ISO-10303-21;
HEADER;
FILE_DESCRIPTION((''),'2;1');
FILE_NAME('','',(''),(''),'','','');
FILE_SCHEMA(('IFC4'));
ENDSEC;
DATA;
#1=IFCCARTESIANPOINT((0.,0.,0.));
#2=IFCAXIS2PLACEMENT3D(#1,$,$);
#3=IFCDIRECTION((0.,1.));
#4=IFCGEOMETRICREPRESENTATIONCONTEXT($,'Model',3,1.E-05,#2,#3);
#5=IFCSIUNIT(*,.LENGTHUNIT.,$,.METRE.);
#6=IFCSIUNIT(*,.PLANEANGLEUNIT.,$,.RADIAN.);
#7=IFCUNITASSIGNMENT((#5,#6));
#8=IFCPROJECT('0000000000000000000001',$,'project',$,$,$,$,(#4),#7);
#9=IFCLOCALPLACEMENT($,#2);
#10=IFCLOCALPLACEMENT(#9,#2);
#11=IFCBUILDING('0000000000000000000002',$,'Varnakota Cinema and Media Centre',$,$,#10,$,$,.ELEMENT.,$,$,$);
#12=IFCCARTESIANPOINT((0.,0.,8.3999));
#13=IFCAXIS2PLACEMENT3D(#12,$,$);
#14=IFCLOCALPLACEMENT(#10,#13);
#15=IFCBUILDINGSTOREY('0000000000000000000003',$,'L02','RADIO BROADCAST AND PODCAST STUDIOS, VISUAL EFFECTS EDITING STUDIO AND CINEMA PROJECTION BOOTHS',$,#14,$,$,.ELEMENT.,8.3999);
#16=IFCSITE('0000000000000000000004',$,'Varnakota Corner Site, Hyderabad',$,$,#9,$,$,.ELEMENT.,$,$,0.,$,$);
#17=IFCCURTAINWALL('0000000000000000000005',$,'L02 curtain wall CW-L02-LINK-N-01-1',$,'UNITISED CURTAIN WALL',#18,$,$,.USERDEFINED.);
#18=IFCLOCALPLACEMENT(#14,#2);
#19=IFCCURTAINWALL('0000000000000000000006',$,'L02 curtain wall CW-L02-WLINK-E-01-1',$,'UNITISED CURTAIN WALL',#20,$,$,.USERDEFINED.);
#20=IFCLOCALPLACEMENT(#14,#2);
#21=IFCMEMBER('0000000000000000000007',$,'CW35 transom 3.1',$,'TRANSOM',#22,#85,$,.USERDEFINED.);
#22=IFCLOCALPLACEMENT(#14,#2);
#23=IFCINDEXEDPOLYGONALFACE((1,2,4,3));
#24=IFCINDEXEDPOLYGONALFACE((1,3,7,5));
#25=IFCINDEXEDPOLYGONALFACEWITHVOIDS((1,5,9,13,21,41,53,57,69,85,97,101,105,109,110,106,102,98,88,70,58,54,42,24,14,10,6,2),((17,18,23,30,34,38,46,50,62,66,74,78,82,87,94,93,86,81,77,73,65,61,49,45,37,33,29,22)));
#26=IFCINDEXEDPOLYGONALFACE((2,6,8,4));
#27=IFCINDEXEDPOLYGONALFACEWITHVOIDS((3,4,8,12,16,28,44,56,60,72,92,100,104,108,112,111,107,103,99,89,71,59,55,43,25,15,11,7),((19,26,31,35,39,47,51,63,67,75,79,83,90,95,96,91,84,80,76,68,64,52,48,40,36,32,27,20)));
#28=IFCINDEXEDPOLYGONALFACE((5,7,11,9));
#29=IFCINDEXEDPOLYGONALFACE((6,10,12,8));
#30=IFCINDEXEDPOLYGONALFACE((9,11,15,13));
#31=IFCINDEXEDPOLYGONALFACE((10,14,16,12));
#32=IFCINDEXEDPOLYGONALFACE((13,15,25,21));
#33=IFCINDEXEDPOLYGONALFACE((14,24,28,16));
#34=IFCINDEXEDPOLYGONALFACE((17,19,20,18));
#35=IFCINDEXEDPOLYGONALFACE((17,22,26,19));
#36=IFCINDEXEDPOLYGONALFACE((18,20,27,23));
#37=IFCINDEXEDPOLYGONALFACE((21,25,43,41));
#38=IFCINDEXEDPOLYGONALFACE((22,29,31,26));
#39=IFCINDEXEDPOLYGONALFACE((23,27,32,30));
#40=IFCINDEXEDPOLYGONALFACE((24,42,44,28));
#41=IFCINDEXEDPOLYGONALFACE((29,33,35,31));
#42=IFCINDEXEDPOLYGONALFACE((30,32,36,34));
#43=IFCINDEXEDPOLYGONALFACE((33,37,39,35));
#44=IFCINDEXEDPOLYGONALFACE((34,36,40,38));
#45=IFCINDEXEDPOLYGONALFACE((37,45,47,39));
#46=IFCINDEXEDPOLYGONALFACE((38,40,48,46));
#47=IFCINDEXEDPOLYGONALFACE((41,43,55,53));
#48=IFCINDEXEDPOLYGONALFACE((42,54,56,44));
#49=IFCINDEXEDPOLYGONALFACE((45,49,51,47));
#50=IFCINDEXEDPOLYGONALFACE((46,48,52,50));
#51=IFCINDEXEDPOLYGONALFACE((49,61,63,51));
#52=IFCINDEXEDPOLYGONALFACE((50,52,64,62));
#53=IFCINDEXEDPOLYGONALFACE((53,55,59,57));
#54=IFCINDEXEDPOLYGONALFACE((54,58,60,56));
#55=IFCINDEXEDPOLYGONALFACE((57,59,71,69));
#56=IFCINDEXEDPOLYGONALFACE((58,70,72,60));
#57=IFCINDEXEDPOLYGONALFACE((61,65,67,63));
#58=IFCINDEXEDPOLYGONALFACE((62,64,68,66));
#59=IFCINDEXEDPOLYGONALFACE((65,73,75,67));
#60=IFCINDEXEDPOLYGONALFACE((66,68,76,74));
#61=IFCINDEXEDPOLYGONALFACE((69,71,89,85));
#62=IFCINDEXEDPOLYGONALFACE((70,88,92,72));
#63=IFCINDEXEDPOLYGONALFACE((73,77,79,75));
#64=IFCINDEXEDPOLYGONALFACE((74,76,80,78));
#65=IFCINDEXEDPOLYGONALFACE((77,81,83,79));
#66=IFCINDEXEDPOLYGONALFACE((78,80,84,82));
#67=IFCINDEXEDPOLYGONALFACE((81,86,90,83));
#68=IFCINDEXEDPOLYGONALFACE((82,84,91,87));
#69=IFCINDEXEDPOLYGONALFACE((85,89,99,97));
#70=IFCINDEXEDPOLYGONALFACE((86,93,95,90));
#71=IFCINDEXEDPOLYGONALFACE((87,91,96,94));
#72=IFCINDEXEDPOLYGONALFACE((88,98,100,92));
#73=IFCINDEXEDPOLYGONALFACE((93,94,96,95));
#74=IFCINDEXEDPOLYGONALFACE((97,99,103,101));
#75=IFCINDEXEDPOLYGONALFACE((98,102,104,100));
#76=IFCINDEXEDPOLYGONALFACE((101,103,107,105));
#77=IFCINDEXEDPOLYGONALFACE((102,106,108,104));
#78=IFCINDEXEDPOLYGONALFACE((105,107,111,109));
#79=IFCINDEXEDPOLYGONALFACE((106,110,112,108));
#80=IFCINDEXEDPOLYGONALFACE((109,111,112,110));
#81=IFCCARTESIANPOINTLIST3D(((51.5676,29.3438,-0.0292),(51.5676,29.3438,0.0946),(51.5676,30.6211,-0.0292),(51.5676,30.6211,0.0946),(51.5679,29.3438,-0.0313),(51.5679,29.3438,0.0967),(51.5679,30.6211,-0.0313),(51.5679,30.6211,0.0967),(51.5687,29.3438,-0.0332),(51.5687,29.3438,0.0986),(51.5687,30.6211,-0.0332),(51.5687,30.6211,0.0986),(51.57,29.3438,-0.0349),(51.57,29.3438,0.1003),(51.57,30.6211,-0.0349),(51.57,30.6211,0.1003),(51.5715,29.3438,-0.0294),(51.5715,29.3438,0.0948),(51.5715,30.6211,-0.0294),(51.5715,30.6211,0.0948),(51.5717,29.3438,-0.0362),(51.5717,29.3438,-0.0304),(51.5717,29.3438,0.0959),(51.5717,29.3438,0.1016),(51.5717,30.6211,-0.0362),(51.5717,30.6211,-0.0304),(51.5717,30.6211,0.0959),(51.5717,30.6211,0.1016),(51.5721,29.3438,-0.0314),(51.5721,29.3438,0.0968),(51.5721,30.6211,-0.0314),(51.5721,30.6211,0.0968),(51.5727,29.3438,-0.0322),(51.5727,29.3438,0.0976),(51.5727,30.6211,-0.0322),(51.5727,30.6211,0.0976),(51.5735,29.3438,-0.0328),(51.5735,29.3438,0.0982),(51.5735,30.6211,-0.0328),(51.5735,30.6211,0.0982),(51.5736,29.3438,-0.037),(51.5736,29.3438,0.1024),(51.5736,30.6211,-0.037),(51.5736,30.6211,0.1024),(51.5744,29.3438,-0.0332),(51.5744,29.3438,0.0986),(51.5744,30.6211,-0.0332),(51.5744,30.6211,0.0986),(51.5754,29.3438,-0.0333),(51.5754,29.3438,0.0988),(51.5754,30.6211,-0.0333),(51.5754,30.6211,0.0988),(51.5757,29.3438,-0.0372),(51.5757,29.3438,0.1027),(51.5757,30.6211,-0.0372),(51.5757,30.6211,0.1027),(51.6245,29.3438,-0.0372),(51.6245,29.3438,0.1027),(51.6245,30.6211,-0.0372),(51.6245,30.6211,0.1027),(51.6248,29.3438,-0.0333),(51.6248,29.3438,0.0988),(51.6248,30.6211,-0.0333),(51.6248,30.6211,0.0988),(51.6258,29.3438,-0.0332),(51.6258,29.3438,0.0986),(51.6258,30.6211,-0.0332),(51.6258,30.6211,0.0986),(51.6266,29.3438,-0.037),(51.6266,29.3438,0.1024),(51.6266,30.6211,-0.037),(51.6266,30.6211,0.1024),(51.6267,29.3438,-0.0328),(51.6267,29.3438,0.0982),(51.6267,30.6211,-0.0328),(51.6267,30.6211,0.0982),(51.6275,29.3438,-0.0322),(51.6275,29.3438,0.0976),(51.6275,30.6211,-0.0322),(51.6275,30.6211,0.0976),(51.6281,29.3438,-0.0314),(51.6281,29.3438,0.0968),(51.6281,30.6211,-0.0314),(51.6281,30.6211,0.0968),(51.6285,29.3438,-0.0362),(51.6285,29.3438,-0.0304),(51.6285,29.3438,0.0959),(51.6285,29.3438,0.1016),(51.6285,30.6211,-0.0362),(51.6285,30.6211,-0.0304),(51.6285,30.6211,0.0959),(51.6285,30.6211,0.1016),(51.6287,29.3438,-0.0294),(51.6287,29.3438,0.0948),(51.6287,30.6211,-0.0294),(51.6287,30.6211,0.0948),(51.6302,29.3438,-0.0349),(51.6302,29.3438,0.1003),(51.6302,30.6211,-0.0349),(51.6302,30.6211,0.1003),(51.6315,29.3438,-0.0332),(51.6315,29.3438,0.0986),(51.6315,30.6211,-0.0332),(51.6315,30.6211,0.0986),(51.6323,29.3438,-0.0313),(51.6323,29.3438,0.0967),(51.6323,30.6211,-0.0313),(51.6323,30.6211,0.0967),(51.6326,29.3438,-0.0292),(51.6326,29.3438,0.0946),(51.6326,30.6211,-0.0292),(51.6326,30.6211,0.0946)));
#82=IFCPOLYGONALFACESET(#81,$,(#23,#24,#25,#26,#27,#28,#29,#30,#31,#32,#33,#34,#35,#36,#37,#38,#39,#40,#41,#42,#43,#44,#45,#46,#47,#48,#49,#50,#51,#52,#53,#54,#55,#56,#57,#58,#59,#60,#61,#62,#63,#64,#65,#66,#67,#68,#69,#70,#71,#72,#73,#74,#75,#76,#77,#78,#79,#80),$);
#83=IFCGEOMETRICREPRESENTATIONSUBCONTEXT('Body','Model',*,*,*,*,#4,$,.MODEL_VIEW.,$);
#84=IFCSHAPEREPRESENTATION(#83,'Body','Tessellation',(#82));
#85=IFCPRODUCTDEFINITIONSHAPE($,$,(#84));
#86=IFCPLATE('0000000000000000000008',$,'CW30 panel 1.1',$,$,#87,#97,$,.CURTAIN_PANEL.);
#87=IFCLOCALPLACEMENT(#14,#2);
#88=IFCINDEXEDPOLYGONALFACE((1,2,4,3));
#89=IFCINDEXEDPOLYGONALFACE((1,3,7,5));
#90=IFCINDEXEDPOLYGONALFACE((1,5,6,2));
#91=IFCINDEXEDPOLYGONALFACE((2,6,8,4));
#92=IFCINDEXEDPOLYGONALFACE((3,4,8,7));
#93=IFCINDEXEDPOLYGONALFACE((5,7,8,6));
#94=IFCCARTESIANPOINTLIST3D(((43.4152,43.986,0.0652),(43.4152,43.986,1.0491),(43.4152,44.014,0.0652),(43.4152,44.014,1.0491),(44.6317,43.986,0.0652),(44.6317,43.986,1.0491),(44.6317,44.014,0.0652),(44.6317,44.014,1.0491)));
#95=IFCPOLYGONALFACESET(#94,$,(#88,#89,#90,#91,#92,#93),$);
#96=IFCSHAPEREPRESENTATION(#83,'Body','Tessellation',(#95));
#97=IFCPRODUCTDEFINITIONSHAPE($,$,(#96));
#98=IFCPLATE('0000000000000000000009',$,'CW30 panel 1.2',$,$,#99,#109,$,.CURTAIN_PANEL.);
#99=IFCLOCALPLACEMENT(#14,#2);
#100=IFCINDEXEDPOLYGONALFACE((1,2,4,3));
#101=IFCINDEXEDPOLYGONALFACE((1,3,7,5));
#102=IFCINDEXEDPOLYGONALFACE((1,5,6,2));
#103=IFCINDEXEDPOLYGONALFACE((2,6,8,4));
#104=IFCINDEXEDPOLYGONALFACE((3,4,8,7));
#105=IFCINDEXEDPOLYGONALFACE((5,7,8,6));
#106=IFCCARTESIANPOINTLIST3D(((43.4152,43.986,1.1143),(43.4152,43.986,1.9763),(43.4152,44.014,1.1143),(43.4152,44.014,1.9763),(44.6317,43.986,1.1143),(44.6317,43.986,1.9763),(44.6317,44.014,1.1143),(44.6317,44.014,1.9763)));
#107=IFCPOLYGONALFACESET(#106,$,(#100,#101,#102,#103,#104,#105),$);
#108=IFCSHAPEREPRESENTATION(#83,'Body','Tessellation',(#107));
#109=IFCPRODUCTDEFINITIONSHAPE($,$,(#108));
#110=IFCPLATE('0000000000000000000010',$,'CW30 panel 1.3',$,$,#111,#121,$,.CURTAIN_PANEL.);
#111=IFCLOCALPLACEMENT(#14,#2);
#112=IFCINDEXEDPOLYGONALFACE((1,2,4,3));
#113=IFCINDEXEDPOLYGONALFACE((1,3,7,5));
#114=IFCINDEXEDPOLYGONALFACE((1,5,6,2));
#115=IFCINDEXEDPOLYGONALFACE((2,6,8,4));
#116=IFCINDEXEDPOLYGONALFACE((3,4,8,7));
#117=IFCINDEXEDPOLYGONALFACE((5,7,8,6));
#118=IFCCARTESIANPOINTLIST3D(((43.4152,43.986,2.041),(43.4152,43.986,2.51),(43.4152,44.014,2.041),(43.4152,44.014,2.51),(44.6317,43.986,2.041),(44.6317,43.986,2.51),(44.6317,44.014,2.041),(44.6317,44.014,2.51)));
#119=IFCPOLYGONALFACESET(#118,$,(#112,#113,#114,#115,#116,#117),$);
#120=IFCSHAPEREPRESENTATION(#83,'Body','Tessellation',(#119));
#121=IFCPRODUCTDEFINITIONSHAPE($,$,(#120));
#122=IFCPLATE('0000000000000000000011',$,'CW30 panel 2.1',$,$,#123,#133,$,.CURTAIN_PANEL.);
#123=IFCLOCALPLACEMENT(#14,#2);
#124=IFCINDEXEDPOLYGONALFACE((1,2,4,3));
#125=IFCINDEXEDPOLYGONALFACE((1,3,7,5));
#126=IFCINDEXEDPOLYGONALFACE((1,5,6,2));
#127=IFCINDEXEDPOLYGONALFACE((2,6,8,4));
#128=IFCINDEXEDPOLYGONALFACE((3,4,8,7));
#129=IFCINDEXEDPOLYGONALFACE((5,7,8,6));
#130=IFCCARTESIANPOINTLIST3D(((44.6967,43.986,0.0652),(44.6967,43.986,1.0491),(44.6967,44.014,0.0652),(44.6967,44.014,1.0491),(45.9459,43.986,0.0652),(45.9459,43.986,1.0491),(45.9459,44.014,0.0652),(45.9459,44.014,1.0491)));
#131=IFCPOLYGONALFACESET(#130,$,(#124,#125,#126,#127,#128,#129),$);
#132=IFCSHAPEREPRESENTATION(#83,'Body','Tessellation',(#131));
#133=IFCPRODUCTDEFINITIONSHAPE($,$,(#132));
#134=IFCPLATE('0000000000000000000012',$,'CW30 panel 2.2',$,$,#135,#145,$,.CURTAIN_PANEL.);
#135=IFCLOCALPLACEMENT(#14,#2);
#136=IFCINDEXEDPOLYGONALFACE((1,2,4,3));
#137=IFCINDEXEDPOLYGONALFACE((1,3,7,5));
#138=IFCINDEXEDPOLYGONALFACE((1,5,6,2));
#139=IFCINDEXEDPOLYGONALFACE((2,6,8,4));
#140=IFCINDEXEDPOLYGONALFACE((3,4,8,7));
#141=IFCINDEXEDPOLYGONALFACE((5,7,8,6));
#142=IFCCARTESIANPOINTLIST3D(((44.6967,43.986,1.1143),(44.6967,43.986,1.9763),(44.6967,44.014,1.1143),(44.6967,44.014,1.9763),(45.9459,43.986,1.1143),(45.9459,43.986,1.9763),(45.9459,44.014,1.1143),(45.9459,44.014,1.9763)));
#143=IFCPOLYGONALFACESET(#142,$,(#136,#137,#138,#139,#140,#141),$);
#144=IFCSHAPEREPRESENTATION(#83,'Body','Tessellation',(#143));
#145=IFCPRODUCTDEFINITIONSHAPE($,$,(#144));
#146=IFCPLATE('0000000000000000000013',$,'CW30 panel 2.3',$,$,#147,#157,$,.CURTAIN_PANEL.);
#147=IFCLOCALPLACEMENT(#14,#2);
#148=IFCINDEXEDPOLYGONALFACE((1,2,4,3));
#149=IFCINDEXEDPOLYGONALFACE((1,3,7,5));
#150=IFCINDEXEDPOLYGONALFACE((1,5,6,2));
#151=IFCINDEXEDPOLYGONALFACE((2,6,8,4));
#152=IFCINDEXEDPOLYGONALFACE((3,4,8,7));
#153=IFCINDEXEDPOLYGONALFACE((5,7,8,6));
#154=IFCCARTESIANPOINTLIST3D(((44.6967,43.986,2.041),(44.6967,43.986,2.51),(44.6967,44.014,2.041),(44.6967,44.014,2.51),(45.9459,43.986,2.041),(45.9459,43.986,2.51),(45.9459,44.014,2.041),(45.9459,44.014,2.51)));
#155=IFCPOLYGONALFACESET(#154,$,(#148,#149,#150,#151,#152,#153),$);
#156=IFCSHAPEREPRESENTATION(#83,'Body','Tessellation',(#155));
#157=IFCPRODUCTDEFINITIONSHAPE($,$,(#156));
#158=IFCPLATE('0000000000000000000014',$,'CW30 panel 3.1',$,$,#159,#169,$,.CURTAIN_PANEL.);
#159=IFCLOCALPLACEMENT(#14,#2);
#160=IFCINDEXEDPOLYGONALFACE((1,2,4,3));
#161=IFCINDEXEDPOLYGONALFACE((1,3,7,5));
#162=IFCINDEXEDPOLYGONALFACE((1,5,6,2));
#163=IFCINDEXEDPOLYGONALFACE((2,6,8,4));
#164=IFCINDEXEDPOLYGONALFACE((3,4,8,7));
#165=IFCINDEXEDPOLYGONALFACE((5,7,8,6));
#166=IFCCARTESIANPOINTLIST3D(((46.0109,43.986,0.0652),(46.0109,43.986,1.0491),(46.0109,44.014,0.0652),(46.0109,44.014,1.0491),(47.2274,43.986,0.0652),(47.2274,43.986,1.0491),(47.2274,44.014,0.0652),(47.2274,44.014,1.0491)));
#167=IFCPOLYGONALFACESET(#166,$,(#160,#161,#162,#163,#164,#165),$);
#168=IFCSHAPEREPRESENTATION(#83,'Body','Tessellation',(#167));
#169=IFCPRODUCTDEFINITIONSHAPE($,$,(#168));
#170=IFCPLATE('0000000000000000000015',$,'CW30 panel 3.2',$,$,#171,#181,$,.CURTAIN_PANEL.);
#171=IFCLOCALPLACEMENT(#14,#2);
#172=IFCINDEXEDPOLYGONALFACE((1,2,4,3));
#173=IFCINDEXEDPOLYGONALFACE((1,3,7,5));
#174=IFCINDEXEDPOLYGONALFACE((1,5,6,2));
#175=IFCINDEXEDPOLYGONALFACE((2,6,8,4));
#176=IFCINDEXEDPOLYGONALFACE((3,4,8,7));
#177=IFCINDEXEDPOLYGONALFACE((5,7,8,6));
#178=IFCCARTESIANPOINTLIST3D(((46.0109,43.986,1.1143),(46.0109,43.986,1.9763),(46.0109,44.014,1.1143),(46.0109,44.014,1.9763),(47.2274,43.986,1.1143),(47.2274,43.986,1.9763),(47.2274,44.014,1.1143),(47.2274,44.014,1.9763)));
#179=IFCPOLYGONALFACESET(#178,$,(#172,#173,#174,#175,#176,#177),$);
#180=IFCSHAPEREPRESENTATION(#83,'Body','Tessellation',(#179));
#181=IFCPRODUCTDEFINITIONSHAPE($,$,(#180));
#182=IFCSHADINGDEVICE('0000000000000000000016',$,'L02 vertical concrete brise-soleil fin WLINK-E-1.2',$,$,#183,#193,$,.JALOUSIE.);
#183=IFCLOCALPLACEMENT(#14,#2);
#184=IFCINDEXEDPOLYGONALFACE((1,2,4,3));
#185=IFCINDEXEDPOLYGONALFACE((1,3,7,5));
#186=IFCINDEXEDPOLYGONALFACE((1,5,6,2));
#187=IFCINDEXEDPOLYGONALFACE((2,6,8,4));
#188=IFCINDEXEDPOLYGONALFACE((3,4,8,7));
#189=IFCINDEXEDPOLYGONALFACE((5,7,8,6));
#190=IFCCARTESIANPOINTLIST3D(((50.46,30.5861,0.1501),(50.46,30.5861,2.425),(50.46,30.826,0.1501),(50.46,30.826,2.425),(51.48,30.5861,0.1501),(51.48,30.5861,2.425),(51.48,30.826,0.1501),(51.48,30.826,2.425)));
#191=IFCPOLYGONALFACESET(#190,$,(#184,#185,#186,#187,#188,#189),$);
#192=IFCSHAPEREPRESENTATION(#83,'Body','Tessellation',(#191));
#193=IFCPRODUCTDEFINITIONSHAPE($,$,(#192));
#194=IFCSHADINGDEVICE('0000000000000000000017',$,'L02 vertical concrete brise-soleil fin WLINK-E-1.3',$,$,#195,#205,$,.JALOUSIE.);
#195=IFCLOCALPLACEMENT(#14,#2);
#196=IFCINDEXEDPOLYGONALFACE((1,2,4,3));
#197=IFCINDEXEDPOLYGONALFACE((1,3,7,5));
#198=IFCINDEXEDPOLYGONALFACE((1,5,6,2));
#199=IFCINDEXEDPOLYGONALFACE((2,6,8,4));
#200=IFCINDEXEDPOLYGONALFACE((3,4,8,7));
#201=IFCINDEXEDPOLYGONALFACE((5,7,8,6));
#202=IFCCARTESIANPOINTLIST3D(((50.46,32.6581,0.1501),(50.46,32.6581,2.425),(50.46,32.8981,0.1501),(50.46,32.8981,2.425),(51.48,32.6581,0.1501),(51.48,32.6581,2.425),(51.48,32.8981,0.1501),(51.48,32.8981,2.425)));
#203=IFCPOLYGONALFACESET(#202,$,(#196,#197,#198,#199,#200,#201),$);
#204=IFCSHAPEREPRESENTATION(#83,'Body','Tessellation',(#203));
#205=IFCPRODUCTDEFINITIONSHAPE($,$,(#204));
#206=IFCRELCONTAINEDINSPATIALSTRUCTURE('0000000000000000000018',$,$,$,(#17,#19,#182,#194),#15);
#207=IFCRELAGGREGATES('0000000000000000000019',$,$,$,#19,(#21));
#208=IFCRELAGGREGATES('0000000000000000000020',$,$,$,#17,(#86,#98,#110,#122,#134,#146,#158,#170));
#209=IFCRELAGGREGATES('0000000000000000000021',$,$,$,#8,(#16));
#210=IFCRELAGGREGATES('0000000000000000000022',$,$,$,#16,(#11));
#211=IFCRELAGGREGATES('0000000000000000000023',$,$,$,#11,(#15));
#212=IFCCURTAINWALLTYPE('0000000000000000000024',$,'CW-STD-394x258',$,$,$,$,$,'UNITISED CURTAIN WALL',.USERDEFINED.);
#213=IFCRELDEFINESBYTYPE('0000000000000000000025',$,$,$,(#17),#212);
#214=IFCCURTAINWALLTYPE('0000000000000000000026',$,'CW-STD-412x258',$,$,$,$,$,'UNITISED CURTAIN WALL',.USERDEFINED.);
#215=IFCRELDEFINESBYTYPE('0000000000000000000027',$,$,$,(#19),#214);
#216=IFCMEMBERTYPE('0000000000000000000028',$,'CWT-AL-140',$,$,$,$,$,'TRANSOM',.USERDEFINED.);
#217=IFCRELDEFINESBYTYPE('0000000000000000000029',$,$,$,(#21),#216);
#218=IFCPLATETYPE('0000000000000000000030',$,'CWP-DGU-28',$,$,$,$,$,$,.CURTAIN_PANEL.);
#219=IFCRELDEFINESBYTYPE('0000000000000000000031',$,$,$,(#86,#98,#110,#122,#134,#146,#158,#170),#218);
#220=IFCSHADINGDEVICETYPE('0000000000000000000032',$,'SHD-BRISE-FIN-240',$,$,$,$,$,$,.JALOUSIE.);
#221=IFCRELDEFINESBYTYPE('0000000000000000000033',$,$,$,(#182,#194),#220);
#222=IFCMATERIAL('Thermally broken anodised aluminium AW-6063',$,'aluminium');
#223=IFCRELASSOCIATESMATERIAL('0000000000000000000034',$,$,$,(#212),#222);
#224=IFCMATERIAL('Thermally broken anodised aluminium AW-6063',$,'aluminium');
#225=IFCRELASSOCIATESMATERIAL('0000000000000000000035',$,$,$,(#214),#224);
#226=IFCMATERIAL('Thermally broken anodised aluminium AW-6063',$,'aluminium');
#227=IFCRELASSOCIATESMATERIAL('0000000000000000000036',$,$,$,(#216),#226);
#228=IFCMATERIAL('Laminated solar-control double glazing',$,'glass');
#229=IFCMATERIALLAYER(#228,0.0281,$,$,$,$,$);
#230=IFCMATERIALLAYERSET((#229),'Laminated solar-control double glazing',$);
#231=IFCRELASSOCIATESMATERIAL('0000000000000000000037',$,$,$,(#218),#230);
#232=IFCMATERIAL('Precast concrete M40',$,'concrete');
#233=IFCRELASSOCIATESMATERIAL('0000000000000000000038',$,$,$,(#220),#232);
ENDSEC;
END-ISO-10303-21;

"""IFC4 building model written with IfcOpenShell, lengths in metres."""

from ifc_helpers import new_model, si_unit, direction, frame, origin, origin_2d, place, context, subcontext, project, spatial, rectangle, hollow_rectangle, extrude, material, layer, layer_set, material_profile, profile_set, type_object, element, aggregate, save


model = new_model("IFC4")

# Units and contexts
model_context = context("Model", 3, precision=1e-05, world=origin(), true_north=direction((0.0, 1.0)))
body_context = subcontext(model_context, "Body", "Model", "MODEL_VIEW")
ifc_project = project(units=[si_unit("LENGTHUNIT", "METRE"), si_unit("PLANEANGLEUNIT", "RADIAN")], contexts=[model_context])

# Site, building, storey
site_placement = place(None, origin())
site = spatial("IfcSite", under=ifc_project, at=site_placement, Name="Varnakota Corner Site, Hyderabad", CompositionType="ELEMENT", RefElevation=0.0)
building_placement = place(site_placement, origin())
building = spatial("IfcBuilding", under=site, at=building_placement, Name="Varnakota Cinema and Media Centre", CompositionType="ELEMENT")
storey_placement = place(building_placement, frame((0.0, 0.0, 8.3999)))
storey = spatial("IfcBuildingStorey", under=building, at=storey_placement, Name="L02", Description="RADIO BROADCAST AND PODCAST STUDIOS, VISUAL EFFECTS EDITING STUDIO AND CINEMA PROJECTION BOOTHS", CompositionType="ELEMENT", Elevation=8.3999)

# Curtain walls
ifc_material_1 = material(Name="Thermally broken anodised aluminium AW-6063", Category="aluminium")
curtain_wall_type_1 = type_object("IfcCurtainWallType", Name="CW-STD-394x258", ElementType="UNITISED CURTAIN WALL", PredefinedType="USERDEFINED", material=ifc_material_1)
curtain_wall_1_placement = place(storey_placement, origin())
curtain_wall_1 = element("IfcCurtainWall", 1, at=curtain_wall_1_placement, inside=storey, type_object=curtain_wall_type_1, Name="L02 curtain wall CW-L02-LINK-N-01-1", ObjectType="UNITISED CURTAIN WALL", PredefinedType="USERDEFINED")
ifc_material_2 = material(Name="Thermally broken anodised aluminium AW-6063", Category="aluminium")
curtain_wall_type_2 = type_object("IfcCurtainWallType", Name="CW-STD-412x258", ElementType="UNITISED CURTAIN WALL", PredefinedType="USERDEFINED", material=ifc_material_2)
curtain_wall_2_placement = place(storey_placement, origin())
curtain_wall_2 = element("IfcCurtainWall", 2, at=curtain_wall_2_placement, inside=storey, type_object=curtain_wall_type_2, Name="L02 curtain wall CW-L02-WLINK-E-01-1", ObjectType="UNITISED CURTAIN WALL", PredefinedType="USERDEFINED")

# Member
ifc_material_3 = material(Name="Thermally broken anodised aluminium AW-6063", Category="aluminium")
ifc_material_profile_1 = material_profile(ifc_material_3, hollow_rectangle(XDim=0.0649, YDim=0.1399, WallThickness=0.0039, InnerFilletRadius=0.0039, OuterFilletRadius=0.0081, at=origin_2d()), Name="AL-TRANSOM 140x65x4")
ifc_profile_set_1 = profile_set([ifc_material_profile_1], Name="Thermally broken anodised aluminium AW-6063")
member_type_1 = type_object("IfcMemberType", Name="CWT-AL-140", ElementType="TRANSOM", PredefinedType="USERDEFINED", material=ifc_profile_set_1)
member_1_placement = place(storey_placement, frame((51.6001, 29.3438, 0.0327), z_axis=(0.0, 1.0, 0.0), x_axis=(-1.0, 0.0, 0.0)))
member_1 = element("IfcMember", 3, at=member_1_placement, type_object=member_type_1, Name="CW35 transom 3.1", ObjectType="TRANSOM", PredefinedType="USERDEFINED", context=body_context, shape_type="SweptSolid", body=[
    extrude(hollow_rectangle(XDim=0.0649, YDim=0.1399, WallThickness=0.0039, InnerFilletRadius=0.0039, OuterFilletRadius=0.0081, at=origin_2d()), origin(), (0.0, 0.0, 1.0), 1.2773),
])
aggregate(curtain_wall_2, [member_1])

# Plates
ifc_material_4 = material(Name="Laminated solar-control double glazing", Category="glass")
ifc_layer = layer(ifc_material_4, 0.0281)
ifc_layer_set = layer_set([ifc_layer], Name="Laminated solar-control double glazing")
plate_type = type_object("IfcPlateType", Name="CWP-DGU-28", PredefinedType="CURTAIN_PANEL", material=ifc_layer_set)
plate_1_placement = place(storey_placement, frame((44.0234, 44.0, 0.0652), z_axis=(0.0, 0.0, 1.0), x_axis=(1.0, 0.0, 0.0)))
plate_1 = element("IfcPlate", 4, at=plate_1_placement, type_object=plate_type, Name="CW30 panel 1.1", PredefinedType="CURTAIN_PANEL", context=body_context, shape_type="SweptSolid", body=[
    extrude(rectangle(XDim=1.2166, YDim=0.0281, at=origin_2d()), origin(), (0.0, 0.0, 1.0), 0.9839),
])
plate_2_placement = place(storey_placement, frame((44.0234, 44.0, 1.1143), z_axis=(0.0, 0.0, 1.0), x_axis=(1.0, 0.0, 0.0)))
plate_2 = element("IfcPlate", 5, at=plate_2_placement, type_object=plate_type, Name="CW30 panel 1.2", PredefinedType="CURTAIN_PANEL", context=body_context, shape_type="SweptSolid", body=[
    extrude(rectangle(XDim=1.2166, YDim=0.0281, at=origin_2d()), origin(), (0.0, 0.0, 1.0), 0.8621),
])
plate_3_placement = place(storey_placement, frame((44.0234, 44.0, 2.041), z_axis=(0.0, 0.0, 1.0), x_axis=(1.0, 0.0, 0.0)))
plate_3 = element("IfcPlate", 6, at=plate_3_placement, type_object=plate_type, Name="CW30 panel 1.3", PredefinedType="CURTAIN_PANEL", context=body_context, shape_type="SweptSolid", body=[
    extrude(rectangle(XDim=1.2166, YDim=0.0281, at=origin_2d()), origin(), (0.0, 0.0, 1.0), 0.469),
])
plate_4_placement = place(storey_placement, frame((45.3213, 44.0, 0.0652), z_axis=(0.0, 0.0, 1.0), x_axis=(1.0, 0.0, 0.0)))
plate_4 = element("IfcPlate", 7, at=plate_4_placement, type_object=plate_type, Name="CW30 panel 2.1", PredefinedType="CURTAIN_PANEL", context=body_context, shape_type="SweptSolid", body=[
    extrude(rectangle(XDim=1.2493, YDim=0.0281, at=origin_2d()), origin(), (0.0, 0.0, 1.0), 0.9839),
])
plate_5_placement = place(storey_placement, frame((45.3213, 44.0, 1.1143), z_axis=(0.0, 0.0, 1.0), x_axis=(1.0, 0.0, 0.0)))
plate_5 = element("IfcPlate", 8, at=plate_5_placement, type_object=plate_type, Name="CW30 panel 2.2", PredefinedType="CURTAIN_PANEL", context=body_context, shape_type="SweptSolid", body=[
    extrude(rectangle(XDim=1.2493, YDim=0.0281, at=origin_2d()), origin(), (0.0, 0.0, 1.0), 0.8621),
])
plate_6_placement = place(storey_placement, frame((45.3213, 44.0, 2.041), z_axis=(0.0, 0.0, 1.0), x_axis=(1.0, 0.0, 0.0)))
plate_6 = element("IfcPlate", 9, at=plate_6_placement, type_object=plate_type, Name="CW30 panel 2.3", PredefinedType="CURTAIN_PANEL", context=body_context, shape_type="SweptSolid", body=[
    extrude(rectangle(XDim=1.2493, YDim=0.0281, at=origin_2d()), origin(), (0.0, 0.0, 1.0), 0.469),
])
plate_7_placement = place(storey_placement, frame((46.6191, 44.0, 0.0652), z_axis=(0.0, 0.0, 1.0), x_axis=(1.0, 0.0, 0.0)))
plate_7 = element("IfcPlate", 10, at=plate_7_placement, type_object=plate_type, Name="CW30 panel 3.1", PredefinedType="CURTAIN_PANEL", context=body_context, shape_type="SweptSolid", body=[
    extrude(rectangle(XDim=1.2166, YDim=0.0281, at=origin_2d()), origin(), (0.0, 0.0, 1.0), 0.9839),
])
plate_8_placement = place(storey_placement, frame((46.6191, 44.0, 1.1143), z_axis=(0.0, 0.0, 1.0), x_axis=(1.0, 0.0, 0.0)))
plate_8 = element("IfcPlate", 11, at=plate_8_placement, type_object=plate_type, Name="CW30 panel 3.2", PredefinedType="CURTAIN_PANEL", context=body_context, shape_type="SweptSolid", body=[
    extrude(rectangle(XDim=1.2166, YDim=0.0281, at=origin_2d()), origin(), (0.0, 0.0, 1.0), 0.8621),
])
aggregate(curtain_wall_1, [plate_1, plate_2, plate_3, plate_4, plate_5, plate_6, plate_7, plate_8])

# Shading devices
ifc_material_5 = material(Name="Precast concrete M40", Category="concrete")
shading_device_type = type_object("IfcShadingDeviceType", Name="SHD-BRISE-FIN-240", PredefinedType="JALOUSIE", material=ifc_material_5)
for number, where, z_axis, x_axis, name in (
    (12, (50.97, 30.7061, 0.1501), (0.0, 0.0, 1.0), (0.0, 1.0, 0.0), "L02 vertical concrete brise-soleil fin WLINK-E-1.2"),
    (13, (50.97, 32.7781, 0.1501), (0.0, 0.0, 1.0), (0.0, 1.0, 0.0), "L02 vertical concrete brise-soleil fin WLINK-E-1.3"),
):
    element("IfcShadingDevice", number, at=place(storey_placement, frame(where, z_axis=z_axis, x_axis=x_axis)), inside=storey, type_object=shading_device_type, Name=name, PredefinedType="JALOUSIE", context=body_context, shape_type="SweptSolid", body=[
        extrude(rectangle(XDim=0.24, YDim=1.02, at=origin_2d()), origin(), (0.0, 0.0, 1.0), 2.2749),
    ])

save(model, "model.ifc")
